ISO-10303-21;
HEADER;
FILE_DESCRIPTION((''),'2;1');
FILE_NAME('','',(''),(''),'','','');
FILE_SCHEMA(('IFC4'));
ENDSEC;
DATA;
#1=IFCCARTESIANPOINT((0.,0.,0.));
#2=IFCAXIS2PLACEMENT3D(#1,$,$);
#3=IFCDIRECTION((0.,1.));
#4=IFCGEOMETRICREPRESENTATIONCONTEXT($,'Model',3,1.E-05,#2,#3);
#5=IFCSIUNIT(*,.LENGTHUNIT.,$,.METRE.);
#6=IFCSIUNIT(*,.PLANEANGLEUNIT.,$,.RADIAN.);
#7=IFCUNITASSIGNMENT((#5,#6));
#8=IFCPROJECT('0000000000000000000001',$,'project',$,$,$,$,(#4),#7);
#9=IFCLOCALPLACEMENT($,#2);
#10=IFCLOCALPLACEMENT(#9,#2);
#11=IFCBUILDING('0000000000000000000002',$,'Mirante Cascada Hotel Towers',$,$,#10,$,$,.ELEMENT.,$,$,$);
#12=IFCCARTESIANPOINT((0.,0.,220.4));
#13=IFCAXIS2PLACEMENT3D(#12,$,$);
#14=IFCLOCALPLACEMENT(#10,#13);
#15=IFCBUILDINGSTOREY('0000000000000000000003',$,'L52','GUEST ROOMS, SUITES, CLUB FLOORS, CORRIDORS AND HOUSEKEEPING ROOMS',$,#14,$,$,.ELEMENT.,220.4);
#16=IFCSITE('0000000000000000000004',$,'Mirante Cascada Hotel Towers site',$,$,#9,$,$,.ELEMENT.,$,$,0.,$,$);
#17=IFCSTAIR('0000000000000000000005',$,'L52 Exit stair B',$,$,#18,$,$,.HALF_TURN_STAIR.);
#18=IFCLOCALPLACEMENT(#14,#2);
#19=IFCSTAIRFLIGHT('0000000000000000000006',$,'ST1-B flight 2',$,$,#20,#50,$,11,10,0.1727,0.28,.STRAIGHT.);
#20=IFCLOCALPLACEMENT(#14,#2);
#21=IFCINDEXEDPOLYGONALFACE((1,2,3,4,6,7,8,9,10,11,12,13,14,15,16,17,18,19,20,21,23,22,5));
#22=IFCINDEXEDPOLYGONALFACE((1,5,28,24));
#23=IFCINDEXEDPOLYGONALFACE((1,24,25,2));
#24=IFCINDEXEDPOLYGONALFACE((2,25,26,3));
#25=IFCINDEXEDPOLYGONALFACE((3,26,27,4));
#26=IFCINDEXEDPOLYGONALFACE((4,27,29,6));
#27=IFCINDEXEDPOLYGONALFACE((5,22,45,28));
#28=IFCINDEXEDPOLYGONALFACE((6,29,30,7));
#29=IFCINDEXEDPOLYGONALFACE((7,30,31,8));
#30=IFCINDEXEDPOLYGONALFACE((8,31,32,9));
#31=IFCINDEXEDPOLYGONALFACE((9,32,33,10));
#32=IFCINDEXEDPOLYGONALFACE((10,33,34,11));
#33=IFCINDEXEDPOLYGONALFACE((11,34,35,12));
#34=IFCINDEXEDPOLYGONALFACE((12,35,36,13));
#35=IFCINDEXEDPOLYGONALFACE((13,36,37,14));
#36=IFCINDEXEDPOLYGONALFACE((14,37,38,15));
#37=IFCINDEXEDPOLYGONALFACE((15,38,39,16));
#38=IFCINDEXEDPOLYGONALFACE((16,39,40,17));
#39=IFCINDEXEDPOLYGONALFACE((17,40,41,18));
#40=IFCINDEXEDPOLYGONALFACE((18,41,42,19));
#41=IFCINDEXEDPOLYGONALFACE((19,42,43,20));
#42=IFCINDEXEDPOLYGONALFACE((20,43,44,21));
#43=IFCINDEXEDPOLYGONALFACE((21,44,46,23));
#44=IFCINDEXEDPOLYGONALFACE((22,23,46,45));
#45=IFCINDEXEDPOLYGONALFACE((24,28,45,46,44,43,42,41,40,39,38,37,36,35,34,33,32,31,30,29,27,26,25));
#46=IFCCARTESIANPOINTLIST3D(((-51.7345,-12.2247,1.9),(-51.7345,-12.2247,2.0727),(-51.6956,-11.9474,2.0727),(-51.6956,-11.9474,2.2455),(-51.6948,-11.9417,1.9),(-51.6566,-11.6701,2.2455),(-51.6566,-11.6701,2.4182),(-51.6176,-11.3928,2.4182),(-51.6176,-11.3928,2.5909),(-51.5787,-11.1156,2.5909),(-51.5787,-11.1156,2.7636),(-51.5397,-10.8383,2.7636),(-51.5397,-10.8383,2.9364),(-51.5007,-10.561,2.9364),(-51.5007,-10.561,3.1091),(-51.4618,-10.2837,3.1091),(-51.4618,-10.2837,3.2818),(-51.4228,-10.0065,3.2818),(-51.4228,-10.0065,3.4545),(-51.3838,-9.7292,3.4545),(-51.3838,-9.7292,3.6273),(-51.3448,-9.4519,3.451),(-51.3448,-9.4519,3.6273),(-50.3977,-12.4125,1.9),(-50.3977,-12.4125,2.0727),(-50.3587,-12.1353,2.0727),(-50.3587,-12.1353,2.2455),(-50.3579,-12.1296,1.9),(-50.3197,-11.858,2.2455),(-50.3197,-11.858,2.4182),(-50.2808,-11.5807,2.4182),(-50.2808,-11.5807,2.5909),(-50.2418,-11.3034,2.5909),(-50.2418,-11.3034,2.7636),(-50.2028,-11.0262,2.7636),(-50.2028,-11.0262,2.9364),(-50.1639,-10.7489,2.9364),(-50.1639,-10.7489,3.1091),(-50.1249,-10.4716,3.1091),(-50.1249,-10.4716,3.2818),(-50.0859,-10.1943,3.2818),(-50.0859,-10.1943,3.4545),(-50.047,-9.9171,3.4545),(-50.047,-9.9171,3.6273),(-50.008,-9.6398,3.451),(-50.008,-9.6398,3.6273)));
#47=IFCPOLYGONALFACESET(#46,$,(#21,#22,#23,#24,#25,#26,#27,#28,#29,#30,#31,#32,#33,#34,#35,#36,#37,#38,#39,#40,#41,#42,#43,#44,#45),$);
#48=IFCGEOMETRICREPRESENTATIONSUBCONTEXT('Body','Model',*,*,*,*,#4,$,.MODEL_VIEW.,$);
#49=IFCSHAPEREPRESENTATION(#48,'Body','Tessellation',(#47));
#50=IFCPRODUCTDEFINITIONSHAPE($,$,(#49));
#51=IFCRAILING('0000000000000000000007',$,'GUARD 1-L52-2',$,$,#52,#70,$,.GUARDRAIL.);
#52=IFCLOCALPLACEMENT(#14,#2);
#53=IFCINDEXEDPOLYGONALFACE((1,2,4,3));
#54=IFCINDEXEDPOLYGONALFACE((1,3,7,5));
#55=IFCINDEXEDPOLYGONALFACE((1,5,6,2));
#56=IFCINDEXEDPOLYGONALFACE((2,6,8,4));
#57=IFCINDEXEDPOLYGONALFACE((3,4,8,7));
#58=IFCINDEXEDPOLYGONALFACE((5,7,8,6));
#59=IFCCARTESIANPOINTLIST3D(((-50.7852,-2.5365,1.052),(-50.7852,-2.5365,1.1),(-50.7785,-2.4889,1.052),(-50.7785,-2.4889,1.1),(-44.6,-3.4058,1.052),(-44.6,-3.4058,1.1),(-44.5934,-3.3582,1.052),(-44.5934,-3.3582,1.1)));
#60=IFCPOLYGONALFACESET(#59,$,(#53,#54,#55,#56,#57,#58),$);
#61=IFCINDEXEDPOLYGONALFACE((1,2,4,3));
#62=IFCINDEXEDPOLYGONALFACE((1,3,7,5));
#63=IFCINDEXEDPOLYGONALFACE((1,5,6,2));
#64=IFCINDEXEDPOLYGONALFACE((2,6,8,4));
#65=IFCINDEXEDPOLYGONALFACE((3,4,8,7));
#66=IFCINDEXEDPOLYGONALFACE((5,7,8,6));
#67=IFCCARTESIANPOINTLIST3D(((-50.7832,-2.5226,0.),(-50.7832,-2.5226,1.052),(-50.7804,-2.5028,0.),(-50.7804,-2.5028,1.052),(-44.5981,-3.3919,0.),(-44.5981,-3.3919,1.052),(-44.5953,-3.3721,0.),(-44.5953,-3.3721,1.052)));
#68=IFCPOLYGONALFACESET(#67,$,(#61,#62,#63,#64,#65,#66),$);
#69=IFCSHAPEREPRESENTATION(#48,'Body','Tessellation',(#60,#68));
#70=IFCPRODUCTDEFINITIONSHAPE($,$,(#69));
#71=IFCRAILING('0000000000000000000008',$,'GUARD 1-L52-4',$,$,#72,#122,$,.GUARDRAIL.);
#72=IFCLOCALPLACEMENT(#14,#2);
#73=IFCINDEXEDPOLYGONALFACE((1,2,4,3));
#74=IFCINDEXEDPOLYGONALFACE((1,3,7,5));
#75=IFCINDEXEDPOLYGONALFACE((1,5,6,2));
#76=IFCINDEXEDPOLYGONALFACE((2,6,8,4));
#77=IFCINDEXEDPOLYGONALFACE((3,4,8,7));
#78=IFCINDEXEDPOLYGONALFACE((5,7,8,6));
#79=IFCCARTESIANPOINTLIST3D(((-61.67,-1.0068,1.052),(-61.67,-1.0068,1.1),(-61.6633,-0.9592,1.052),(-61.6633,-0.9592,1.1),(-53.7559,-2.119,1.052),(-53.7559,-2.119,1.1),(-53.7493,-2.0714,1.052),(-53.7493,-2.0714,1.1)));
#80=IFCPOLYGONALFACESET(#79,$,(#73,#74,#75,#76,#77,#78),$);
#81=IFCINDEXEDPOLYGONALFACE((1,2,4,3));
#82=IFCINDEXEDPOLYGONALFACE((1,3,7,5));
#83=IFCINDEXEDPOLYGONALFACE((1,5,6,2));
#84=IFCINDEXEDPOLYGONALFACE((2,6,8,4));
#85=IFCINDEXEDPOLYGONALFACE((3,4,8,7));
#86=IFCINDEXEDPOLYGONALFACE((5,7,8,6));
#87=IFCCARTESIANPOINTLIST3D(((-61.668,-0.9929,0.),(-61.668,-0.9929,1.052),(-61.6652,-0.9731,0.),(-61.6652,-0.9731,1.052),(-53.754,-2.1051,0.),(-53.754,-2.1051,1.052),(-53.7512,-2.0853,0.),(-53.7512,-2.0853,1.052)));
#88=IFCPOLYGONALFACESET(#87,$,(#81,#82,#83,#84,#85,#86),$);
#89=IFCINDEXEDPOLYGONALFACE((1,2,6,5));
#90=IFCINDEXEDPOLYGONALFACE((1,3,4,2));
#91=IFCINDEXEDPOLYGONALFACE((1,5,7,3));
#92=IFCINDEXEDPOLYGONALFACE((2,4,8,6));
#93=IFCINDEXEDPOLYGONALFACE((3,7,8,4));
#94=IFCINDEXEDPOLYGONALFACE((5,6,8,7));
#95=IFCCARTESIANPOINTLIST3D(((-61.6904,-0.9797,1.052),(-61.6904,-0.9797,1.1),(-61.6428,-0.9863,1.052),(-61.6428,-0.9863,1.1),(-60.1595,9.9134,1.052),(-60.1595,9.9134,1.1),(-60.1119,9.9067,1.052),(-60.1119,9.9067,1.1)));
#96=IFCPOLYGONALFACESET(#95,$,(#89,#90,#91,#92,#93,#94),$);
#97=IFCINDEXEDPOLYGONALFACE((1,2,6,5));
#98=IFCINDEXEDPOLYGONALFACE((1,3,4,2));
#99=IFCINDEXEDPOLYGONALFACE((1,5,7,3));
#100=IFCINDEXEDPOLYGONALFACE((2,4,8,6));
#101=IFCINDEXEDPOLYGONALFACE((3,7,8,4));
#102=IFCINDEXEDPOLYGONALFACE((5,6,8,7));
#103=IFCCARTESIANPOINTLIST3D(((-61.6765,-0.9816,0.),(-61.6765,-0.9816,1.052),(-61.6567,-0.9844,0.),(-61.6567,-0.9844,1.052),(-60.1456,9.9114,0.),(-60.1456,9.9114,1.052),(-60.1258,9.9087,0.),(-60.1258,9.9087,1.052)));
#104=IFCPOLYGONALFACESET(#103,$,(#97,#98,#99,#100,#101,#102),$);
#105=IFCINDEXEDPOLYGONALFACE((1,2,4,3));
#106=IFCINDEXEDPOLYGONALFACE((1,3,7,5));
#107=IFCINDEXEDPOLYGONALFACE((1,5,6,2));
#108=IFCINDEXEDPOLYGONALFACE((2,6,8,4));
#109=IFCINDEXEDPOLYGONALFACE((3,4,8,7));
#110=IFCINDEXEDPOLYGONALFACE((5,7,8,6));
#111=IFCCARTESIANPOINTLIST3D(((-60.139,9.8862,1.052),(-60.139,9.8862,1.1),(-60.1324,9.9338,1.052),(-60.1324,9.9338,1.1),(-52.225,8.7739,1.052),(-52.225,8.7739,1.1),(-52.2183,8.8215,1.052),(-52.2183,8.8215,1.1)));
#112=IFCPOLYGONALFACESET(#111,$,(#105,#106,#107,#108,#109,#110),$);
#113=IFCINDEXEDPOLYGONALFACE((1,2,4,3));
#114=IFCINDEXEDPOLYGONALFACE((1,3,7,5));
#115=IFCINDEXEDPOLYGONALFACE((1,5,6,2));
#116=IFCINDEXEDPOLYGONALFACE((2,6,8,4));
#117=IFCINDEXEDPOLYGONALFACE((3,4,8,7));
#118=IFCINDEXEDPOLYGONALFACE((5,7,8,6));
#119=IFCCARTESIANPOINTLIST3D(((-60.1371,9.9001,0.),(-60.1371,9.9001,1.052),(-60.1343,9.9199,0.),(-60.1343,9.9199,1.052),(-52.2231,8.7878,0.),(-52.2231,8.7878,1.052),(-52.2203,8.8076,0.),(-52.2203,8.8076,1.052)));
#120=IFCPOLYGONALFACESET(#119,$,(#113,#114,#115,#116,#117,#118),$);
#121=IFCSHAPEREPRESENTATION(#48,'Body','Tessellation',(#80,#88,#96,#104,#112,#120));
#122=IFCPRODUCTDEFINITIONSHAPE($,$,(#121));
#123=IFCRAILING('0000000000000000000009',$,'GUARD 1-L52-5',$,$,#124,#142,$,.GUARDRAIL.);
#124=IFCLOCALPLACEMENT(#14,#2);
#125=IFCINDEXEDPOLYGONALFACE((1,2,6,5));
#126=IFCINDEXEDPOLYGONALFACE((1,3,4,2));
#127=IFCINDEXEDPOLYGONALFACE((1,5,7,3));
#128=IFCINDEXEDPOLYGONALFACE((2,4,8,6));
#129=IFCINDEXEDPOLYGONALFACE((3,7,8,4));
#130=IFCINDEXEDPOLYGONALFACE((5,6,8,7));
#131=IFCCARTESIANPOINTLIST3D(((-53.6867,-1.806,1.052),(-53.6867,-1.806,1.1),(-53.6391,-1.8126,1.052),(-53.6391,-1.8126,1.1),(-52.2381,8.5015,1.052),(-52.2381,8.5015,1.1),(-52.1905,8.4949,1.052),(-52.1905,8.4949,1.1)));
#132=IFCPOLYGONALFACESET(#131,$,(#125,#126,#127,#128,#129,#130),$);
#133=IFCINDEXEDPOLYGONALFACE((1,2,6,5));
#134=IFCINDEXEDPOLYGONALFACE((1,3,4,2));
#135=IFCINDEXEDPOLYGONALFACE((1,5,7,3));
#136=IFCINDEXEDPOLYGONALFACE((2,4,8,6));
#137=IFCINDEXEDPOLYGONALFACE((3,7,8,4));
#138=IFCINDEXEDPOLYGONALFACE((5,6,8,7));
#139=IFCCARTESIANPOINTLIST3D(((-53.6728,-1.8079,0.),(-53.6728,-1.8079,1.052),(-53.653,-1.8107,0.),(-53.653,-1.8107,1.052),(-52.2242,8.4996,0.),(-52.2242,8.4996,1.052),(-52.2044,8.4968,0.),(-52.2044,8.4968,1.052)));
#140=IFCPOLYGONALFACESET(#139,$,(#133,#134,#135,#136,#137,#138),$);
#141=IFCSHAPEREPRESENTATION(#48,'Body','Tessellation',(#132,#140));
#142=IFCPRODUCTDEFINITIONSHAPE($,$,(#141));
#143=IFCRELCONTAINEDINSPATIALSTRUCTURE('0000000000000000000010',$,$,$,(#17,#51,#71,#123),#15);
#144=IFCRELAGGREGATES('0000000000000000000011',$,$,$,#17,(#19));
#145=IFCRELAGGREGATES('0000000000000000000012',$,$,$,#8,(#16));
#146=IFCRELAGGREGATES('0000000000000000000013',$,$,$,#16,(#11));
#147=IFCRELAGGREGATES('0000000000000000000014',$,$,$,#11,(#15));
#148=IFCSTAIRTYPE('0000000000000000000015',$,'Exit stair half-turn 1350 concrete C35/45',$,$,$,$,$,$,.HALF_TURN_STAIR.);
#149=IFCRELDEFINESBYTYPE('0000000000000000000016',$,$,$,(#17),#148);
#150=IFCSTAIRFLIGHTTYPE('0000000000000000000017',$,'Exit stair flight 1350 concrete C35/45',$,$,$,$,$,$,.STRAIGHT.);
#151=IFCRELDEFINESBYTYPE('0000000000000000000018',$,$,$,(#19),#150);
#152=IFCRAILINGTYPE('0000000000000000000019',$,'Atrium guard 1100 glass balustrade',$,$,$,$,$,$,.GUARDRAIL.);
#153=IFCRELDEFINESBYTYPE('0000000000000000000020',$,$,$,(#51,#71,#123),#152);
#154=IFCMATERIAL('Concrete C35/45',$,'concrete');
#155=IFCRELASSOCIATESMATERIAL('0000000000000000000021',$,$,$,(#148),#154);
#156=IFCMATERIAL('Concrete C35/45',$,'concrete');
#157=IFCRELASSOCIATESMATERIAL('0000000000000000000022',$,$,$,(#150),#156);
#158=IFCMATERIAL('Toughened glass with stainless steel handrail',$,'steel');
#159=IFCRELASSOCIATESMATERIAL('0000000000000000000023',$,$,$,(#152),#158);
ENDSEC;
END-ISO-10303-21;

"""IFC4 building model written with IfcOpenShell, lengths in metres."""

from ifc_helpers import new_model, si_unit, direction, frame, origin, origin_2d, place, context, subcontext, project, spatial, polyline, rectangle, outline, extrude, material, type_object, element, aggregate, save


model = new_model("IFC4")

# Units and contexts
model_context = context("Model", 3, precision=1e-05, world=origin(), true_north=direction((0.0, 1.0)))
body_context = subcontext(model_context, "Body", "Model", "MODEL_VIEW")
ifc_project = project(units=[si_unit("LENGTHUNIT", "METRE"), si_unit("PLANEANGLEUNIT", "RADIAN")], contexts=[model_context])

# Site, building, storey
site_placement = place(None, origin())
site = spatial("IfcSite", under=ifc_project, at=site_placement, Name="Mirante Cascada Hotel Towers site", CompositionType="ELEMENT", RefElevation=0.0)
building_placement = place(site_placement, origin())
building = spatial("IfcBuilding", under=site, at=building_placement, Name="Mirante Cascada Hotel Towers", CompositionType="ELEMENT")
storey_placement = place(building_placement, frame((0.0, 0.0, 220.4)))
storey = spatial("IfcBuildingStorey", under=building, at=storey_placement, Name="L52", Description="GUEST ROOMS, SUITES, CLUB FLOORS, CORRIDORS AND HOUSEKEEPING ROOMS", CompositionType="ELEMENT", Elevation=220.4)

# Stair, stair flight
ifc_material_1 = material(Name="Concrete C35/45", Category="concrete")
stair_type = type_object("IfcStairType", Name="Exit stair half-turn 1350 concrete C35/45", PredefinedType="HALF_TURN_STAIR", material=ifc_material_1)
stair_placement = place(storey_placement, origin())
stair = element("IfcStair", 1, at=stair_placement, inside=storey, type_object=stair_type, Name="L52 Exit stair B", PredefinedType="HALF_TURN_STAIR")
ifc_material_2 = material(Name="Concrete C35/45", Category="concrete")
stair_flight_type = type_object("IfcStairFlightType", Name="Exit stair flight 1350 concrete C35/45", PredefinedType="STRAIGHT", material=ifc_material_2)
stair_flight_1_placement = place(storey_placement, frame((-51.0661, -12.3186, 1.9), z_axis=(0.0, 0.0, 1.0), x_axis=(0.139173, 0.990268, 0.0)))
stair_flight_1 = element("IfcStairFlight", 2, at=stair_flight_1_placement, type_object=stair_flight_type, Name="ST1-B flight 2", NumberOfRisers=11, NumberOfTreads=10, PredefinedType="STRAIGHT", RiserHeight=0.1727, TreadLength=0.28, context=body_context, shape_type="SweptSolid", body=[
    extrude(outline(polyline([(0.0, 0.0), (0.0, 0.1727), (0.28, 0.1727), (0.28, 0.3455), (0.56, 0.3455), (0.56, 0.5182), (0.84, 0.5182), (0.84, 0.6909), (1.12, 0.6909), (1.12, 0.8636), (1.4, 0.8636), (1.4, 1.0364), (1.68, 1.0364), (1.68, 1.2091), (1.96, 1.2091), (1.96, 1.3818), (2.24, 1.3818), (2.24, 1.5545), (2.52, 1.5545), (2.52, 1.7273), (2.8, 1.7273), (2.8, 1.9), (2.8, 1.551), (0.2857, 0.0), (0.0, 0.0)])), frame((0.0, 0.675, 0.0), z_axis=(0.0, -1.0, 0.0), x_axis=(1.0, 0.0, 0.0)), (0.0, 0.0, 1.0), 1.35),
])
aggregate(stair, [stair_flight_1])

# Railings
ifc_material_3 = material(Name="Toughened glass with stainless steel handrail", Category="steel")
railing_type_1 = type_object("IfcRailingType", Name="Atrium guard 1100 glass balustrade", PredefinedType="GUARDRAIL", material=ifc_material_3)
railing_1_placement = place(storey_placement, frame((-44.5967, -3.382, 0.0)))
element("IfcRailing", 3, at=railing_1_placement, inside=storey, type_object=railing_type_1, Name="GUARD 1-L52-2", PredefinedType="GUARDRAIL", context=body_context, shape_type="SweptSolid", body=[
    extrude(rectangle(XDim=0.048, YDim=0.048, at=origin_2d()), frame((0.0, 0.0, 1.076), z_axis=(-0.990267, 0.13918, 0.0), x_axis=(-0.13918, -0.990267, 0.0)), (0.0, 0.0, 1.0), 6.2459),
    extrude(rectangle(XDim=0.02, YDim=1.052, at=origin_2d()), frame((0.0, 0.0, 0.526), z_axis=(-0.990267, 0.13918, 0.0), x_axis=(-0.13918, -0.990267, 0.0)), (0.0, 0.0, 1.0), 6.2459),
])
railing_2_placement = place(storey_placement, frame((-53.7526, -2.0952, 0.0)))
element("IfcRailing", 4, at=railing_2_placement, inside=storey, type_object=railing_type_1, Name="GUARD 1-L52-4", PredefinedType="GUARDRAIL", context=body_context, shape_type="SweptSolid", body=[
    extrude(rectangle(XDim=0.048, YDim=0.048, at=origin_2d()), frame((0.0, 0.0, 1.076), z_axis=(-0.990269, 0.139168, 0.0), x_axis=(-0.139168, -0.990269, 0.0)), (0.0, 0.0, 1.0), 7.9918),
    extrude(rectangle(XDim=0.02, YDim=1.052, at=origin_2d()), frame((0.0, 0.0, 0.526), z_axis=(-0.990269, 0.139168, 0.0), x_axis=(-0.139168, -0.990269, 0.0)), (0.0, 0.0, 1.0), 7.9918),
    extrude(rectangle(XDim=0.048, YDim=0.048, at=origin_2d()), frame((-7.914, 1.1122, 1.076), z_axis=(0.139172, 0.990268, 0.0), x_axis=(-0.990268, 0.139172, 0.0)), (0.0, 0.0, 1.0), 11.0001),
    extrude(rectangle(XDim=0.02, YDim=1.052, at=origin_2d()), frame((-7.914, 1.1122, 0.526), z_axis=(0.139172, 0.990268, 0.0), x_axis=(-0.990268, 0.139172, 0.0)), (0.0, 0.0, 1.0), 11.0001),
    extrude(rectangle(XDim=0.048, YDim=0.048, at=origin_2d()), frame((-6.3831, 12.0052, 1.076), z_axis=(0.990267, -0.13918, 0.0), x_axis=(0.13918, 0.990267, 0.0)), (0.0, 0.0, 1.0), 7.9918),
    extrude(rectangle(XDim=0.02, YDim=1.052, at=origin_2d()), frame((-6.3831, 12.0052, 0.526), z_axis=(0.990267, -0.13918, 0.0), x_axis=(0.13918, 0.990267, 0.0)), (0.0, 0.0, 1.0), 7.9918),
])
railing_3_placement = place(storey_placement, frame((-53.6629, -1.8093, 0.0)))
element("IfcRailing", 5, at=railing_3_placement, inside=storey, type_object=railing_type_1, Name="GUARD 1-L52-5", PredefinedType="GUARDRAIL", context=body_context, shape_type="SweptSolid", body=[
    extrude(rectangle(XDim=0.048, YDim=0.048, at=origin_2d()), frame((0.0, 0.0, 1.076), z_axis=(0.139171, 0.990268, 0.0), x_axis=(-0.990268, 0.139171, 0.0)), (0.0, 0.0, 1.0), 10.4088),
    extrude(rectangle(XDim=0.02, YDim=1.052, at=origin_2d()), frame((0.0, 0.0, 0.526), z_axis=(0.139171, 0.990268, 0.0), x_axis=(-0.990268, 0.139171, 0.0)), (0.0, 0.0, 1.0), 10.4088),
])

save(model, "model.ifc")
